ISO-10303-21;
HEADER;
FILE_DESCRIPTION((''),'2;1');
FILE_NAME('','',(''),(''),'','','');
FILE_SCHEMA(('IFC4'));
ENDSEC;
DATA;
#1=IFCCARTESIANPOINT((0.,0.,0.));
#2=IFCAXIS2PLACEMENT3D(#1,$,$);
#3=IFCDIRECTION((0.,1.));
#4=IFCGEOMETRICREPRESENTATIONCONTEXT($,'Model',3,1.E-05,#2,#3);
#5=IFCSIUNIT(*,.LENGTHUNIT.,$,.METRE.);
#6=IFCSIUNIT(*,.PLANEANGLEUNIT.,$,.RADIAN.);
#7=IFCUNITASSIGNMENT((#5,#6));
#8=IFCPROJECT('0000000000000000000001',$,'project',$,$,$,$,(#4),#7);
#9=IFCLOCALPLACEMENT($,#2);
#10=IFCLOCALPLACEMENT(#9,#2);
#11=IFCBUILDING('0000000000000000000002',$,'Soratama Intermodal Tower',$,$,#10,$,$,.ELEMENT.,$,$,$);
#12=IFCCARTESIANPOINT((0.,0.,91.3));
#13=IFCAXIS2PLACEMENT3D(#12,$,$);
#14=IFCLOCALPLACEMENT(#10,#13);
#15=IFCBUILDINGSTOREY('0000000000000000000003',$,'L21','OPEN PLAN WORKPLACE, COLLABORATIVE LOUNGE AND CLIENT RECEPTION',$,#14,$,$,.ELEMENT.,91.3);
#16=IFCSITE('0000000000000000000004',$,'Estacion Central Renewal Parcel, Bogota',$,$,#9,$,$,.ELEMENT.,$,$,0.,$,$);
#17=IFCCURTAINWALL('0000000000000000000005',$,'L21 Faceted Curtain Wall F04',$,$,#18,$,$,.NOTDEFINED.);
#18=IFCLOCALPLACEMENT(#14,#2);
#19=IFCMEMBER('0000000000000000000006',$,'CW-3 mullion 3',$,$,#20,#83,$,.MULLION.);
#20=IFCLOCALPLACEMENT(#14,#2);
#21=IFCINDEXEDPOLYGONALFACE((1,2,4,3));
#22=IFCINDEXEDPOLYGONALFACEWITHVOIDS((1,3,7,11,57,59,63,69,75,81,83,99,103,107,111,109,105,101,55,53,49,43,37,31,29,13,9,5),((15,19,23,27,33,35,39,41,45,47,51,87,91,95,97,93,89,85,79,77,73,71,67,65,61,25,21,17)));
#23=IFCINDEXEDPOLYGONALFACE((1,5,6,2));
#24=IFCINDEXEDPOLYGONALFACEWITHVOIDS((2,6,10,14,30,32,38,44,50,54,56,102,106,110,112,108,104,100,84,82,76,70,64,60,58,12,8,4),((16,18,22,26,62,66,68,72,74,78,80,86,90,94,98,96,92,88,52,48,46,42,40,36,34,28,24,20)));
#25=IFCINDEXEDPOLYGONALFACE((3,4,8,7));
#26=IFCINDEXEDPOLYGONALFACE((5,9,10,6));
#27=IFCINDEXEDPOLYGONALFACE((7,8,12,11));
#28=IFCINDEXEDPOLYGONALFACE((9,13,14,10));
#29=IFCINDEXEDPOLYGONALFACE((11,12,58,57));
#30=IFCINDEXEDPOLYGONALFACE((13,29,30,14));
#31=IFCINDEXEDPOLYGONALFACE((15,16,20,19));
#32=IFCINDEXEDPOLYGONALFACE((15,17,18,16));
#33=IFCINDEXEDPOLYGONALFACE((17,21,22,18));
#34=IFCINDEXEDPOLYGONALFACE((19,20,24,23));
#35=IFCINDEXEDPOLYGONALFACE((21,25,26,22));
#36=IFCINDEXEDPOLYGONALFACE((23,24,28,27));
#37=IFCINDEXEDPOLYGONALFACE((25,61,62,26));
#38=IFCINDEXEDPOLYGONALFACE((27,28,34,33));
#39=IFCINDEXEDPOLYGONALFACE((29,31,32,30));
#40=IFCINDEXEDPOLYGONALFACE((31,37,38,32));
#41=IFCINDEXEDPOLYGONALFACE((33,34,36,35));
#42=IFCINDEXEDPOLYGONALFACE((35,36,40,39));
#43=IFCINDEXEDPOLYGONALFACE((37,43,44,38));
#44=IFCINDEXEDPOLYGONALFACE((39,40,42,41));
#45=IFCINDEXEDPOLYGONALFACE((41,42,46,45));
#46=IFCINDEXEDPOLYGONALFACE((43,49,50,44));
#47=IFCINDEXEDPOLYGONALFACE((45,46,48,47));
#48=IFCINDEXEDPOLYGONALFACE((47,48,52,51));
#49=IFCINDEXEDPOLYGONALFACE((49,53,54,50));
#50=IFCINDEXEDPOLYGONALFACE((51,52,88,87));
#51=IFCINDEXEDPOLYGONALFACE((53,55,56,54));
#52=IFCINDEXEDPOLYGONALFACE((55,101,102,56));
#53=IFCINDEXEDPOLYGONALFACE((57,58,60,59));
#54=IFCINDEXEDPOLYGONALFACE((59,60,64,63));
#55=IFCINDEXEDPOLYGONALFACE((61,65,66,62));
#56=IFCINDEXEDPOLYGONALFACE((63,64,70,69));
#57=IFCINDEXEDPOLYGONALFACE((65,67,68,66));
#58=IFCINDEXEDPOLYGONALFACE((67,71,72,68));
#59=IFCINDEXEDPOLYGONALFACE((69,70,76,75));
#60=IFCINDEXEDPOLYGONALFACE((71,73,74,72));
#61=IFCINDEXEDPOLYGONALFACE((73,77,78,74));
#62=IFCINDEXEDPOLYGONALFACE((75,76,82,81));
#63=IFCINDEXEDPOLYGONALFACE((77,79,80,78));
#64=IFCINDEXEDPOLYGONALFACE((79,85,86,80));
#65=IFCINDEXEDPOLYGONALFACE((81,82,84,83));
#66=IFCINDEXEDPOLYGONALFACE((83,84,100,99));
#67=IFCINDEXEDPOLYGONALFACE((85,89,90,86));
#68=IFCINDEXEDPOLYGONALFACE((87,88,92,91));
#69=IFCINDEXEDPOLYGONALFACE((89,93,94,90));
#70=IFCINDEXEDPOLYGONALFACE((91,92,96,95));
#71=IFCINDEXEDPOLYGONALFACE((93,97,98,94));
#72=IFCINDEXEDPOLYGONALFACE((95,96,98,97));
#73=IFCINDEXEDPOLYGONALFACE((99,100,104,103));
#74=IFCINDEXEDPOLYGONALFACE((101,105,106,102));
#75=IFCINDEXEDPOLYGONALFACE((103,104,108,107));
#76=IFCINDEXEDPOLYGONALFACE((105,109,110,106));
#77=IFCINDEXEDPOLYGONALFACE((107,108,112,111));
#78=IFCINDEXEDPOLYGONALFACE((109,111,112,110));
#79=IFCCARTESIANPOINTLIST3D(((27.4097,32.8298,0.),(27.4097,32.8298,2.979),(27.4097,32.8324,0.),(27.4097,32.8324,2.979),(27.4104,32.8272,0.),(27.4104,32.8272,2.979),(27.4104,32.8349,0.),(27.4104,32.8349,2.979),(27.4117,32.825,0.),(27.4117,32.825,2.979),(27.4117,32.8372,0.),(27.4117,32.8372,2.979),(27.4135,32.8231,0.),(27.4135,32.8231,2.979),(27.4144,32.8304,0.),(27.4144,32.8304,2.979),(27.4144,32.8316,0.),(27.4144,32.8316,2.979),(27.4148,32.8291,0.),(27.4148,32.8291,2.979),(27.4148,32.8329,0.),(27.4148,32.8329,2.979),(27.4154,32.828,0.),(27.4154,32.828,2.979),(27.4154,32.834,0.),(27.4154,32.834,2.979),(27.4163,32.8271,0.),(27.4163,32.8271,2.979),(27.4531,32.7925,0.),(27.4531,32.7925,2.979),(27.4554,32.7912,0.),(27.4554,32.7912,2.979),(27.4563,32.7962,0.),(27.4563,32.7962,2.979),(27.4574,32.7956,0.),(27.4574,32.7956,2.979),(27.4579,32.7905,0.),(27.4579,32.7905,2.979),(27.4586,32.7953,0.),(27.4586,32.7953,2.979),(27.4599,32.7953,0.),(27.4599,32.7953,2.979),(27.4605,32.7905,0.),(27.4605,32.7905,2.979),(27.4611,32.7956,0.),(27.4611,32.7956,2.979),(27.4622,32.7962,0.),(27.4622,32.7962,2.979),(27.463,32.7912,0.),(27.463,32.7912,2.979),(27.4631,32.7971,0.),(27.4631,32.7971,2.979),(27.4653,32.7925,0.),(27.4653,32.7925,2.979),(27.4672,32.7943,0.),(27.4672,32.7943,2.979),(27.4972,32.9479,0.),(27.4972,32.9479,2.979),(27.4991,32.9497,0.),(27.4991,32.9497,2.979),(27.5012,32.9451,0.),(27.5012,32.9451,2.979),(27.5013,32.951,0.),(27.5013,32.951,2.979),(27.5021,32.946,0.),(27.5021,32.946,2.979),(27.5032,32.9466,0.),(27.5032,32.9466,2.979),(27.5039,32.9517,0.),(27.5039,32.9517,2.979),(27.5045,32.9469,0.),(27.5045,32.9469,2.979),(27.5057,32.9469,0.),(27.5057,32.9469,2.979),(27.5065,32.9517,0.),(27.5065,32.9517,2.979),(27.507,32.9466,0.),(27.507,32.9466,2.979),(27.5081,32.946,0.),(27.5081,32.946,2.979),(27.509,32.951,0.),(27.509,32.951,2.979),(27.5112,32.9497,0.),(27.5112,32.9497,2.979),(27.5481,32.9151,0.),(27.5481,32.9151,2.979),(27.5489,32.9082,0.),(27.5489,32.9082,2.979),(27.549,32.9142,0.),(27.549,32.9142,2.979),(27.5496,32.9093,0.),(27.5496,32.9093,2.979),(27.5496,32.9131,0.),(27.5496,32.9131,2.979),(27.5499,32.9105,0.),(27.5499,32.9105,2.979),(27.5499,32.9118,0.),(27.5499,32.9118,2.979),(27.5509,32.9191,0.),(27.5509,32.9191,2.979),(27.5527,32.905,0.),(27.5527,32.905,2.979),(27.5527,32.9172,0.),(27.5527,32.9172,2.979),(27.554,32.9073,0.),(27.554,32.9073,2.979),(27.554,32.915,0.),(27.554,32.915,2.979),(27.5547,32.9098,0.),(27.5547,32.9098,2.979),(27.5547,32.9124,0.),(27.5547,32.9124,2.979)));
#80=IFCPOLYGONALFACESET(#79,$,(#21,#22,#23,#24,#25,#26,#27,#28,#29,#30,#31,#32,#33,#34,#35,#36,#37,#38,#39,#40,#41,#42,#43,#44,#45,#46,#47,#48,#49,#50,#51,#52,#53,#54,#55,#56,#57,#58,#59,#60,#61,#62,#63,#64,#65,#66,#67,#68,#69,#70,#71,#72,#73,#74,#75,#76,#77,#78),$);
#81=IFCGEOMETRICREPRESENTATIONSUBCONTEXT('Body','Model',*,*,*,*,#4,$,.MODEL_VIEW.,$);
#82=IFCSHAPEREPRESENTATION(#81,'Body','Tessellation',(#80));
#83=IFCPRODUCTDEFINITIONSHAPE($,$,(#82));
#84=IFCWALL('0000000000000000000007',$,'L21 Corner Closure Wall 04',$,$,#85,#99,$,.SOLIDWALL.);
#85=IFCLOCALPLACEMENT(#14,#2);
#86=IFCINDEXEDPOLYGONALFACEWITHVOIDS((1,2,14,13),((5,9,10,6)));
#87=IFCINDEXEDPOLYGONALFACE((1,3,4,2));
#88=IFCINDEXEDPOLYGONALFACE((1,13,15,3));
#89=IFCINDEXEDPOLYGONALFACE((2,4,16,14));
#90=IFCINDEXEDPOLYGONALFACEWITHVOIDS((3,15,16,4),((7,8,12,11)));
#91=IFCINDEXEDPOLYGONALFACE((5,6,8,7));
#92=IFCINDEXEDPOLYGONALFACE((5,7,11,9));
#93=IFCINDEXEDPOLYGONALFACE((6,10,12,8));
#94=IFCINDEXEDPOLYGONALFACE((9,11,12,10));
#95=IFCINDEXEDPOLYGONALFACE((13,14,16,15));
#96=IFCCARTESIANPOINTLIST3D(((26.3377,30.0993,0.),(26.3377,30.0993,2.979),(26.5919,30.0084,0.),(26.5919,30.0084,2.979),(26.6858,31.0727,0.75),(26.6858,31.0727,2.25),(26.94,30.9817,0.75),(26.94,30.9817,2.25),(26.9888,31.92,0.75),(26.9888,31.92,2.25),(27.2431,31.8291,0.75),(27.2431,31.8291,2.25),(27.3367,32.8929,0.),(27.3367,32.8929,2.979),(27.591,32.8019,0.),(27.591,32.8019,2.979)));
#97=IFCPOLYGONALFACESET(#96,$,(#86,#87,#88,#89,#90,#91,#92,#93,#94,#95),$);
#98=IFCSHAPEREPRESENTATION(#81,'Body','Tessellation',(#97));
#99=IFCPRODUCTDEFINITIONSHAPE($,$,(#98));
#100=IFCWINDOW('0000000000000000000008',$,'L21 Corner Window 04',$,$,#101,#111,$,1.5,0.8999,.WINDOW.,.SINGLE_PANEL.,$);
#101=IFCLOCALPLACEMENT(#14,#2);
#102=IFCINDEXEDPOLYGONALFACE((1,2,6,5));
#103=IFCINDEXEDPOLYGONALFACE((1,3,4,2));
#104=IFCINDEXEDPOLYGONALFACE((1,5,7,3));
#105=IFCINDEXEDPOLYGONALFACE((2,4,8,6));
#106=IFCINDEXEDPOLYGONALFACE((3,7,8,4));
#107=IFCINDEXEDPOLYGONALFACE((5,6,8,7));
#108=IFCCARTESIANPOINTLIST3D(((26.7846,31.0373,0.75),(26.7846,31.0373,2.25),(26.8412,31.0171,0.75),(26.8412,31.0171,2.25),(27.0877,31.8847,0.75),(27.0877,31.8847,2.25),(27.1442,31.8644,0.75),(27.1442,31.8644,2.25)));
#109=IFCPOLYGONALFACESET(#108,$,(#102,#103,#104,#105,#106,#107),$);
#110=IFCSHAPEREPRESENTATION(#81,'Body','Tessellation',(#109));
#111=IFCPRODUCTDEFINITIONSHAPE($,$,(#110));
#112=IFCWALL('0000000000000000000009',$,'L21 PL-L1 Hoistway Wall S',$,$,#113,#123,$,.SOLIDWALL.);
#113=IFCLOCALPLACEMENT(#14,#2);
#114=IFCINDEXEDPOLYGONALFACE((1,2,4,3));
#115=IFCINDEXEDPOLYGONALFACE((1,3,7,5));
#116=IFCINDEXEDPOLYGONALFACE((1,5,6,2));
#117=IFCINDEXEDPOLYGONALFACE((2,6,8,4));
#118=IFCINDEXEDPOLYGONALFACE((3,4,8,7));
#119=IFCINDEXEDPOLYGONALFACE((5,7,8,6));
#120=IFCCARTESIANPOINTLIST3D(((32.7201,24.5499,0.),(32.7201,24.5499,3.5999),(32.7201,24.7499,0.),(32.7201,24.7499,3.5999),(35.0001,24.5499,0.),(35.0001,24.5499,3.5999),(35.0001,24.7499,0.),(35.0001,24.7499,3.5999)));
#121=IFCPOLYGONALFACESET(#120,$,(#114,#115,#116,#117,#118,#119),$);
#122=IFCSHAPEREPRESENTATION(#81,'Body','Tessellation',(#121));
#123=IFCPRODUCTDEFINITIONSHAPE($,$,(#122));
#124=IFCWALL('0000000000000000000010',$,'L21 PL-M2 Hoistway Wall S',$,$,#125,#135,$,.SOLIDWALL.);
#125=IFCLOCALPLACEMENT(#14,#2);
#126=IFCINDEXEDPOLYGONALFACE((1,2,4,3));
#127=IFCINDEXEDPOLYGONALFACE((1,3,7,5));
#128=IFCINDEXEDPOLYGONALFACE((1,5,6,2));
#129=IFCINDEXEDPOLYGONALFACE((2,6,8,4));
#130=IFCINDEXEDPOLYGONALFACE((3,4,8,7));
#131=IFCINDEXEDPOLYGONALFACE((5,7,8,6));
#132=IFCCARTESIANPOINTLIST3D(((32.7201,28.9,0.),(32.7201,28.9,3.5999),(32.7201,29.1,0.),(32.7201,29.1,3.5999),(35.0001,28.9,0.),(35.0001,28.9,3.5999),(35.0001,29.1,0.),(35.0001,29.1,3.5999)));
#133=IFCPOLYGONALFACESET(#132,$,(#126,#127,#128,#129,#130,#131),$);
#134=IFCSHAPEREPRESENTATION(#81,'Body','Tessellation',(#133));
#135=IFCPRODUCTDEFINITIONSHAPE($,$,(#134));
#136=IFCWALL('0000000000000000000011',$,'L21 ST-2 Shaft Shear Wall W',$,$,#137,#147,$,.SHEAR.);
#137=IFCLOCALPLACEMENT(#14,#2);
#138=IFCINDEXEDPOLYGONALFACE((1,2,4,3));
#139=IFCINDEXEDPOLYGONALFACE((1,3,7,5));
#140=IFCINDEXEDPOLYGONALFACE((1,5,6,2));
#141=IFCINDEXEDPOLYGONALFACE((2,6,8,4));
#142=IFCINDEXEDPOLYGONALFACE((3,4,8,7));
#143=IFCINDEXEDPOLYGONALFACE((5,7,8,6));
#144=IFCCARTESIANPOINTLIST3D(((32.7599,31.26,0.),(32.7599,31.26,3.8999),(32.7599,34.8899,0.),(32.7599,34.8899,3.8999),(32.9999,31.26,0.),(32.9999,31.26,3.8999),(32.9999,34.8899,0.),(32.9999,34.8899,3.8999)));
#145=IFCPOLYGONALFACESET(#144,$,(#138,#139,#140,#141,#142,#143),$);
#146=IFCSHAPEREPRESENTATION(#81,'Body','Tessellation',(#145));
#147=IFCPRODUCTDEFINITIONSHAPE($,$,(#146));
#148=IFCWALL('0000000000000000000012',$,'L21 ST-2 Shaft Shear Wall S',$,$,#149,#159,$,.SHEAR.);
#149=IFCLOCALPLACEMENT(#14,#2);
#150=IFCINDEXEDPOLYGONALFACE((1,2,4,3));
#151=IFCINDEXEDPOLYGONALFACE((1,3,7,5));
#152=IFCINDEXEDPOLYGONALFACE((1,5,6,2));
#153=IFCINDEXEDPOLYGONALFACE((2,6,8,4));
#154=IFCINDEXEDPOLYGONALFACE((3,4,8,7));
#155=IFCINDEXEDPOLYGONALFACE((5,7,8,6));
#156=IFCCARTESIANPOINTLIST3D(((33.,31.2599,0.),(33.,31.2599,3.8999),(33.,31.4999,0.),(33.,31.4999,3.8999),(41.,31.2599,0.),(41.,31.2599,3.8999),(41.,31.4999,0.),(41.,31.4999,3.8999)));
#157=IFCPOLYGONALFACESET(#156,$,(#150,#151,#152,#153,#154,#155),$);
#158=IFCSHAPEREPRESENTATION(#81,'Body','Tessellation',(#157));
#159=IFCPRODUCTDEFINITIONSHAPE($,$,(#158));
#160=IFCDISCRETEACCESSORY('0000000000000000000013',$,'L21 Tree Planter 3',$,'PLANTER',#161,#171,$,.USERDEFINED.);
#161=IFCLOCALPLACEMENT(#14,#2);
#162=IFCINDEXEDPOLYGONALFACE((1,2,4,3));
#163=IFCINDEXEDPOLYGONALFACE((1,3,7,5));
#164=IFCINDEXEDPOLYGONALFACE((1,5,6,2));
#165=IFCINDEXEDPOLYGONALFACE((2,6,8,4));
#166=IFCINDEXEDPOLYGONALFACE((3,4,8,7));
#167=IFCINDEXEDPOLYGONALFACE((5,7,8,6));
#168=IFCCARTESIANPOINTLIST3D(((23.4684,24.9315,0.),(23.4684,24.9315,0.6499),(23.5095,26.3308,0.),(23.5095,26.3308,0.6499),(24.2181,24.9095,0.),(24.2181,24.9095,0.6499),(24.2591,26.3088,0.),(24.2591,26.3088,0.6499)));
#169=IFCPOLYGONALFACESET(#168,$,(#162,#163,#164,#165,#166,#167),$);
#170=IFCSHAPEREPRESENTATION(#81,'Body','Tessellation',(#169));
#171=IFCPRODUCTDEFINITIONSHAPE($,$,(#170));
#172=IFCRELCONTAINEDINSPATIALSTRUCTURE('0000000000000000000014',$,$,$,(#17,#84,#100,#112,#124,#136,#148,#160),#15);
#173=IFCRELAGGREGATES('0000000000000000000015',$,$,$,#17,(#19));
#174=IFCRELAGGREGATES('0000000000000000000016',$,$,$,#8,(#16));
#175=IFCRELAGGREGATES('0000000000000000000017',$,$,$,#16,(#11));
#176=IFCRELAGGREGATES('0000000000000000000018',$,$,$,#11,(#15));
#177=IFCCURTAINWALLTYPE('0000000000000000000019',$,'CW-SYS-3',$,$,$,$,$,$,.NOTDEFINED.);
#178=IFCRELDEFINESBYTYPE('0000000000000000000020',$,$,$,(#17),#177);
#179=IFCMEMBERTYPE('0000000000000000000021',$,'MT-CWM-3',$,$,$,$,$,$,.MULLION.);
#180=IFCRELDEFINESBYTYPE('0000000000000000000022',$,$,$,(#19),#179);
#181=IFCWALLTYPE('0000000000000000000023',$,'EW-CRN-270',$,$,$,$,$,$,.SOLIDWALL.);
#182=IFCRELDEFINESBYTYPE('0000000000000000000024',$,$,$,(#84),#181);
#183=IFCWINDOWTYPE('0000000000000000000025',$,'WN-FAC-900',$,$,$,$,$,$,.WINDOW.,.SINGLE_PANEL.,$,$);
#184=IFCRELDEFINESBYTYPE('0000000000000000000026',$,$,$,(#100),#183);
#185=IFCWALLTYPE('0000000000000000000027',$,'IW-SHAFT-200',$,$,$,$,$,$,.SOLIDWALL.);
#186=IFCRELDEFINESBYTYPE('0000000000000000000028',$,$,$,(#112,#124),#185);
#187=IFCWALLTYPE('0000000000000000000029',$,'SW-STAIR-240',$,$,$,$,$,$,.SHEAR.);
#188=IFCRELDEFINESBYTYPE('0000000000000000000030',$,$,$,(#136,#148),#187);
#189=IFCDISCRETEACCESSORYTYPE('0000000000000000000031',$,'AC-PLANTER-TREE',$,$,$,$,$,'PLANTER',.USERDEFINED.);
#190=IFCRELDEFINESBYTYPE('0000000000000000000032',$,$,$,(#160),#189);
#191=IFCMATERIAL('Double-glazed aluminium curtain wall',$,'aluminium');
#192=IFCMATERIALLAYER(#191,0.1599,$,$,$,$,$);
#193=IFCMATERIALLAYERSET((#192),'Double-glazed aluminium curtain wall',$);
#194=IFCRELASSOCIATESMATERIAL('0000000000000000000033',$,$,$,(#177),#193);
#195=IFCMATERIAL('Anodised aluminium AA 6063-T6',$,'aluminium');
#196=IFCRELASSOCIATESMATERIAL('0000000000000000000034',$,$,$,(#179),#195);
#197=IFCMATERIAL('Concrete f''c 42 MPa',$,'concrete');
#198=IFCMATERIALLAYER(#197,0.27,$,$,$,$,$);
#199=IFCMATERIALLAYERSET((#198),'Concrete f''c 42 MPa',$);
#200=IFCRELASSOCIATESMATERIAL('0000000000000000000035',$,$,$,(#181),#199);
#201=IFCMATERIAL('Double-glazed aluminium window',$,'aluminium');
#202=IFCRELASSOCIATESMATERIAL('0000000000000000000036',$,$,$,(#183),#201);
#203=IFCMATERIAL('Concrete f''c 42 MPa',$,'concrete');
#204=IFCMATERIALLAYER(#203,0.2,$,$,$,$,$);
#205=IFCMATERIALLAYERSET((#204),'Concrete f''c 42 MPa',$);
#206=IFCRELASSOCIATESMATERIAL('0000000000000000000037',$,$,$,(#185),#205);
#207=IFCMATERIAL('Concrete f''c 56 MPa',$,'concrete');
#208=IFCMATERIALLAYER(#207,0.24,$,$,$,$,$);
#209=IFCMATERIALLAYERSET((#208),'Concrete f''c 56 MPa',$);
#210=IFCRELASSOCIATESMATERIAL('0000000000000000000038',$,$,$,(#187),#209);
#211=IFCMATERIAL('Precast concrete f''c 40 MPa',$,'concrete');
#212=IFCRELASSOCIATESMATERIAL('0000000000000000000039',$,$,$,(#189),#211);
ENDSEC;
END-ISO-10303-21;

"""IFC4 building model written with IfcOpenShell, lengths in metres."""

from ifc_helpers import new_model, si_unit, direction, frame, frame_2d, origin, origin_2d, place, context, subcontext, project, spatial, rectangle, hollow_rectangle, extrude, material, layer, layer_set, material_profile, profile_set, type_object, element, fill, aggregate, save


model = new_model("IFC4")

# Units and contexts
model_context = context("Model", 3, precision=1e-05, world=origin(), true_north=direction((0.0, 1.0)))
body_context = subcontext(model_context, "Body", "Model", "MODEL_VIEW")
ifc_project = project(units=[si_unit("LENGTHUNIT", "METRE"), si_unit("PLANEANGLEUNIT", "RADIAN")], contexts=[model_context])

# Site, building, storey
site_placement = place(None, origin())
site = spatial("IfcSite", under=ifc_project, at=site_placement, Name="Estacion Central Renewal Parcel, Bogota", CompositionType="ELEMENT", RefElevation=0.0)
building_placement = place(site_placement, origin())
building = spatial("IfcBuilding", under=site, at=building_placement, Name="Soratama Intermodal Tower", CompositionType="ELEMENT")
storey_placement = place(building_placement, frame((0.0, 0.0, 91.3)))
storey = spatial("IfcBuildingStorey", under=building, at=storey_placement, Name="L21", Description="OPEN PLAN WORKPLACE, COLLABORATIVE LOUNGE AND CLIENT RECEPTION", CompositionType="ELEMENT", Elevation=91.3)

# Curtain wall, member
ifc_material_1 = material(Name="Double-glazed aluminium curtain wall", Category="aluminium")
ifc_layer_1 = layer(ifc_material_1, 0.1599)
ifc_layer_set_1 = layer_set([ifc_layer_1], Name="Double-glazed aluminium curtain wall")
curtain_wall_type = type_object("IfcCurtainWallType", Name="CW-SYS-3", PredefinedType="NOTDEFINED", material=ifc_layer_set_1)
curtain_wall_placement = place(storey_placement, origin())
curtain_wall = element("IfcCurtainWall", 1, at=curtain_wall_placement, inside=storey, type_object=curtain_wall_type, Name="L21 Faceted Curtain Wall F04", PredefinedType="NOTDEFINED")
ifc_material_2 = material(Name="Anodised aluminium AA 6063-T6", Category="aluminium")
ifc_material_profile_1 = material_profile(ifc_material_2, hollow_rectangle(XDim=0.0701, YDim=0.1599, WallThickness=0.0049, InnerFilletRadius=0.0049, OuterFilletRadius=0.01, at=origin_2d()), Name="CWM160X70X5")
ifc_profile_set_1 = profile_set([ifc_material_profile_1], Name="Anodised aluminium AA 6063-T6")
member_type = type_object("IfcMemberType", Name="MT-CWM-3", PredefinedType="MULLION", material=ifc_profile_set_1)
member_placement = place(storey_placement, frame((27.4822, 32.8711, 0.0), z_axis=(0.0, 0.0, 1.0), x_axis=(0.791437, -0.611251, 0.0)))
member = element("IfcMember", 2, at=member_placement, type_object=member_type, Name="CW-3 mullion 3", PredefinedType="MULLION", context=body_context, shape_type="SweptSolid", body=[
    extrude(hollow_rectangle(XDim=0.0701, YDim=0.1599, WallThickness=0.0049, InnerFilletRadius=0.0049, OuterFilletRadius=0.01, at=origin_2d()), origin(), (0.0, 0.0, 1.0), 2.979),
])
aggregate(curtain_wall, [member])

# Wall, opening, window
ifc_material_3 = material(Name="Concrete f'c 42 MPa", Category="concrete")
ifc_layer_2 = layer(ifc_material_3, 0.27)
ifc_layer_set_2 = layer_set([ifc_layer_2], Name="Concrete f'c 42 MPa")
wall_type_1 = type_object("IfcWallType", Name="EW-CRN-270", PredefinedType="SOLIDWALL", material=ifc_layer_set_2)
wall_1_placement = place(storey_placement, frame((27.4639, 32.8474, 0.0), z_axis=(0.0, 0.0, 1.0), x_axis=(-0.336743, -0.941597, 0.0)))
wall_1 = element("IfcWall", 3, at=wall_1_placement, inside=storey, type_object=wall_type_1, Name="L21 Corner Closure Wall 04", PredefinedType="SOLIDWALL", context=body_context, shape_type="SweptSolid", body=[
    extrude(rectangle(XDim=2.9668, YDim=0.27, at=frame_2d((1.4834, 0.0))), origin(), (0.0, 0.0, 1.0), 2.979),
])
opening_1_placement = place(wall_1_placement, frame((1.0332, 0.0, 0.75)))
opening_1 = element("IfcOpeningElement", 4, at=opening_1_placement, cuts=wall_1, PredefinedType="OPENING", context=body_context, shape_type="SweptSolid", body=[
    extrude(rectangle(XDim=0.8999, YDim=1.5, at=frame_2d((0.45, 0.75))), frame((0.0, 0.145, 0.0), z_axis=(0.0, -1.0, 0.0), x_axis=(1.0, 0.0, 0.0)), (0.0, 0.0, 1.0), 0.29),
])
ifc_material_4 = material(Name="Double-glazed aluminium window", Category="aluminium")
window_type_1 = type_object("IfcWindowType", Name="WN-FAC-900", PartitioningType="SINGLE_PANEL", PredefinedType="WINDOW", material=ifc_material_4)
window_1_placement = place(opening_1_placement, origin())
window_1 = element("IfcWindow", 5, at=window_1_placement, inside=storey, type_object=window_type_1, Name="L21 Corner Window 04", OverallHeight=1.5, OverallWidth=0.8999, PartitioningType="SINGLE_PANEL", PredefinedType="WINDOW", context=body_context, shape_type="SweptSolid", body=[
    extrude(rectangle(XDim=0.8999, YDim=1.5, at=frame_2d((0.45, 0.75))), frame((0.0, 0.03, 0.0), z_axis=(0.0, -1.0, 0.0), x_axis=(1.0, 0.0, 0.0)), (0.0, 0.0, 1.0), 0.0601),
])
fill(opening_1, window_1)

# Wall
ifc_material_5 = material(Name="Concrete f'c 42 MPa", Category="concrete")
ifc_layer_3 = layer(ifc_material_5, 0.2)
ifc_layer_set_3 = layer_set([ifc_layer_3], Name="Concrete f'c 42 MPa")
wall_type_2 = type_object("IfcWallType", Name="IW-SHAFT-200", PredefinedType="SOLIDWALL", material=ifc_layer_set_3)
wall_2_placement = place(storey_placement, frame((32.72, 24.6499, 0.0), z_axis=(0.0, 0.0, 1.0), x_axis=(1.0, 0.0, 0.0)))
element("IfcWall", 6, at=wall_2_placement, inside=storey, type_object=wall_type_2, Name="L21 PL-L1 Hoistway Wall S", PredefinedType="SOLIDWALL", context=body_context, shape_type="SweptSolid", body=[
    extrude(rectangle(XDim=2.28, YDim=0.2, at=frame_2d((1.1401, 0.0))), origin(), (0.0, 0.0, 1.0), 3.5999),
])

# Walls
wall_3_placement = place(storey_placement, frame((32.72, 29.0, 0.0), z_axis=(0.0, 0.0, 1.0), x_axis=(1.0, 0.0, 0.0)))
element("IfcWall", 7, at=wall_3_placement, inside=storey, type_object=wall_type_2, Name="L21 PL-M2 Hoistway Wall S", PredefinedType="SOLIDWALL", context=body_context, shape_type="SweptSolid", body=[
    extrude(rectangle(XDim=2.28, YDim=0.2, at=frame_2d((1.1401, 0.0))), origin(), (0.0, 0.0, 1.0), 3.5999),
])
ifc_material_6 = material(Name="Concrete f'c 56 MPa", Category="concrete")
ifc_layer_4 = layer(ifc_material_6, 0.24)
ifc_layer_set_4 = layer_set([ifc_layer_4], Name="Concrete f'c 56 MPa")
wall_type_3 = type_object("IfcWallType", Name="SW-STAIR-240", PredefinedType="SHEAR", material=ifc_layer_set_4)
wall_4_placement = place(storey_placement, frame((32.8799, 31.26, 0.0), z_axis=(0.0, 0.0, 1.0), x_axis=(0.0, 1.0, 0.0)))
element("IfcWall", 8, at=wall_4_placement, inside=storey, type_object=wall_type_3, Name="L21 ST-2 Shaft Shear Wall W", PredefinedType="SHEAR", context=body_context, shape_type="SweptSolid", body=[
    extrude(rectangle(XDim=3.6299, YDim=0.24, at=frame_2d((1.8149, 0.0))), origin(), (0.0, 0.0, 1.0), 3.8999),
])
wall_5_placement = place(storey_placement, frame((33.0, 31.3799, 0.0), z_axis=(0.0, 0.0, 1.0), x_axis=(1.0, 0.0, 0.0)))
element("IfcWall", 9, at=wall_5_placement, inside=storey, type_object=wall_type_3, Name="L21 ST-2 Shaft Shear Wall S", PredefinedType="SHEAR", context=body_context, shape_type="SweptSolid", body=[
    extrude(rectangle(XDim=8.0, YDim=0.24, at=frame_2d((4.0, 0.0))), origin(), (0.0, 0.0, 1.0), 3.8999),
])

# Discrete accessory
ifc_material_7 = material(Name="Precast concrete f'c 40 MPa", Category="concrete")
discrete_accessory_type = type_object("IfcDiscreteAccessoryType", Name="AC-PLANTER-TREE", ElementType="PLANTER", PredefinedType="USERDEFINED", material=ifc_material_7)
discrete_accessory_placement = place(storey_placement, frame((23.8638, 25.6201, 0.0), z_axis=(0.0, 0.0, 1.0), x_axis=(-0.99957, 0.029317, 0.0)))
element("IfcDiscreteAccessory", 10, at=discrete_accessory_placement, inside=storey, type_object=discrete_accessory_type, Name="L21 Tree Planter 3", ObjectType="PLANTER", PredefinedType="USERDEFINED", context=body_context, shape_type="SweptSolid", body=[
    extrude(rectangle(XDim=0.75, YDim=1.3999, at=origin_2d()), origin(), (0.0, 0.0, 1.0), 0.6499),
])

save(model, "model.ifc")
